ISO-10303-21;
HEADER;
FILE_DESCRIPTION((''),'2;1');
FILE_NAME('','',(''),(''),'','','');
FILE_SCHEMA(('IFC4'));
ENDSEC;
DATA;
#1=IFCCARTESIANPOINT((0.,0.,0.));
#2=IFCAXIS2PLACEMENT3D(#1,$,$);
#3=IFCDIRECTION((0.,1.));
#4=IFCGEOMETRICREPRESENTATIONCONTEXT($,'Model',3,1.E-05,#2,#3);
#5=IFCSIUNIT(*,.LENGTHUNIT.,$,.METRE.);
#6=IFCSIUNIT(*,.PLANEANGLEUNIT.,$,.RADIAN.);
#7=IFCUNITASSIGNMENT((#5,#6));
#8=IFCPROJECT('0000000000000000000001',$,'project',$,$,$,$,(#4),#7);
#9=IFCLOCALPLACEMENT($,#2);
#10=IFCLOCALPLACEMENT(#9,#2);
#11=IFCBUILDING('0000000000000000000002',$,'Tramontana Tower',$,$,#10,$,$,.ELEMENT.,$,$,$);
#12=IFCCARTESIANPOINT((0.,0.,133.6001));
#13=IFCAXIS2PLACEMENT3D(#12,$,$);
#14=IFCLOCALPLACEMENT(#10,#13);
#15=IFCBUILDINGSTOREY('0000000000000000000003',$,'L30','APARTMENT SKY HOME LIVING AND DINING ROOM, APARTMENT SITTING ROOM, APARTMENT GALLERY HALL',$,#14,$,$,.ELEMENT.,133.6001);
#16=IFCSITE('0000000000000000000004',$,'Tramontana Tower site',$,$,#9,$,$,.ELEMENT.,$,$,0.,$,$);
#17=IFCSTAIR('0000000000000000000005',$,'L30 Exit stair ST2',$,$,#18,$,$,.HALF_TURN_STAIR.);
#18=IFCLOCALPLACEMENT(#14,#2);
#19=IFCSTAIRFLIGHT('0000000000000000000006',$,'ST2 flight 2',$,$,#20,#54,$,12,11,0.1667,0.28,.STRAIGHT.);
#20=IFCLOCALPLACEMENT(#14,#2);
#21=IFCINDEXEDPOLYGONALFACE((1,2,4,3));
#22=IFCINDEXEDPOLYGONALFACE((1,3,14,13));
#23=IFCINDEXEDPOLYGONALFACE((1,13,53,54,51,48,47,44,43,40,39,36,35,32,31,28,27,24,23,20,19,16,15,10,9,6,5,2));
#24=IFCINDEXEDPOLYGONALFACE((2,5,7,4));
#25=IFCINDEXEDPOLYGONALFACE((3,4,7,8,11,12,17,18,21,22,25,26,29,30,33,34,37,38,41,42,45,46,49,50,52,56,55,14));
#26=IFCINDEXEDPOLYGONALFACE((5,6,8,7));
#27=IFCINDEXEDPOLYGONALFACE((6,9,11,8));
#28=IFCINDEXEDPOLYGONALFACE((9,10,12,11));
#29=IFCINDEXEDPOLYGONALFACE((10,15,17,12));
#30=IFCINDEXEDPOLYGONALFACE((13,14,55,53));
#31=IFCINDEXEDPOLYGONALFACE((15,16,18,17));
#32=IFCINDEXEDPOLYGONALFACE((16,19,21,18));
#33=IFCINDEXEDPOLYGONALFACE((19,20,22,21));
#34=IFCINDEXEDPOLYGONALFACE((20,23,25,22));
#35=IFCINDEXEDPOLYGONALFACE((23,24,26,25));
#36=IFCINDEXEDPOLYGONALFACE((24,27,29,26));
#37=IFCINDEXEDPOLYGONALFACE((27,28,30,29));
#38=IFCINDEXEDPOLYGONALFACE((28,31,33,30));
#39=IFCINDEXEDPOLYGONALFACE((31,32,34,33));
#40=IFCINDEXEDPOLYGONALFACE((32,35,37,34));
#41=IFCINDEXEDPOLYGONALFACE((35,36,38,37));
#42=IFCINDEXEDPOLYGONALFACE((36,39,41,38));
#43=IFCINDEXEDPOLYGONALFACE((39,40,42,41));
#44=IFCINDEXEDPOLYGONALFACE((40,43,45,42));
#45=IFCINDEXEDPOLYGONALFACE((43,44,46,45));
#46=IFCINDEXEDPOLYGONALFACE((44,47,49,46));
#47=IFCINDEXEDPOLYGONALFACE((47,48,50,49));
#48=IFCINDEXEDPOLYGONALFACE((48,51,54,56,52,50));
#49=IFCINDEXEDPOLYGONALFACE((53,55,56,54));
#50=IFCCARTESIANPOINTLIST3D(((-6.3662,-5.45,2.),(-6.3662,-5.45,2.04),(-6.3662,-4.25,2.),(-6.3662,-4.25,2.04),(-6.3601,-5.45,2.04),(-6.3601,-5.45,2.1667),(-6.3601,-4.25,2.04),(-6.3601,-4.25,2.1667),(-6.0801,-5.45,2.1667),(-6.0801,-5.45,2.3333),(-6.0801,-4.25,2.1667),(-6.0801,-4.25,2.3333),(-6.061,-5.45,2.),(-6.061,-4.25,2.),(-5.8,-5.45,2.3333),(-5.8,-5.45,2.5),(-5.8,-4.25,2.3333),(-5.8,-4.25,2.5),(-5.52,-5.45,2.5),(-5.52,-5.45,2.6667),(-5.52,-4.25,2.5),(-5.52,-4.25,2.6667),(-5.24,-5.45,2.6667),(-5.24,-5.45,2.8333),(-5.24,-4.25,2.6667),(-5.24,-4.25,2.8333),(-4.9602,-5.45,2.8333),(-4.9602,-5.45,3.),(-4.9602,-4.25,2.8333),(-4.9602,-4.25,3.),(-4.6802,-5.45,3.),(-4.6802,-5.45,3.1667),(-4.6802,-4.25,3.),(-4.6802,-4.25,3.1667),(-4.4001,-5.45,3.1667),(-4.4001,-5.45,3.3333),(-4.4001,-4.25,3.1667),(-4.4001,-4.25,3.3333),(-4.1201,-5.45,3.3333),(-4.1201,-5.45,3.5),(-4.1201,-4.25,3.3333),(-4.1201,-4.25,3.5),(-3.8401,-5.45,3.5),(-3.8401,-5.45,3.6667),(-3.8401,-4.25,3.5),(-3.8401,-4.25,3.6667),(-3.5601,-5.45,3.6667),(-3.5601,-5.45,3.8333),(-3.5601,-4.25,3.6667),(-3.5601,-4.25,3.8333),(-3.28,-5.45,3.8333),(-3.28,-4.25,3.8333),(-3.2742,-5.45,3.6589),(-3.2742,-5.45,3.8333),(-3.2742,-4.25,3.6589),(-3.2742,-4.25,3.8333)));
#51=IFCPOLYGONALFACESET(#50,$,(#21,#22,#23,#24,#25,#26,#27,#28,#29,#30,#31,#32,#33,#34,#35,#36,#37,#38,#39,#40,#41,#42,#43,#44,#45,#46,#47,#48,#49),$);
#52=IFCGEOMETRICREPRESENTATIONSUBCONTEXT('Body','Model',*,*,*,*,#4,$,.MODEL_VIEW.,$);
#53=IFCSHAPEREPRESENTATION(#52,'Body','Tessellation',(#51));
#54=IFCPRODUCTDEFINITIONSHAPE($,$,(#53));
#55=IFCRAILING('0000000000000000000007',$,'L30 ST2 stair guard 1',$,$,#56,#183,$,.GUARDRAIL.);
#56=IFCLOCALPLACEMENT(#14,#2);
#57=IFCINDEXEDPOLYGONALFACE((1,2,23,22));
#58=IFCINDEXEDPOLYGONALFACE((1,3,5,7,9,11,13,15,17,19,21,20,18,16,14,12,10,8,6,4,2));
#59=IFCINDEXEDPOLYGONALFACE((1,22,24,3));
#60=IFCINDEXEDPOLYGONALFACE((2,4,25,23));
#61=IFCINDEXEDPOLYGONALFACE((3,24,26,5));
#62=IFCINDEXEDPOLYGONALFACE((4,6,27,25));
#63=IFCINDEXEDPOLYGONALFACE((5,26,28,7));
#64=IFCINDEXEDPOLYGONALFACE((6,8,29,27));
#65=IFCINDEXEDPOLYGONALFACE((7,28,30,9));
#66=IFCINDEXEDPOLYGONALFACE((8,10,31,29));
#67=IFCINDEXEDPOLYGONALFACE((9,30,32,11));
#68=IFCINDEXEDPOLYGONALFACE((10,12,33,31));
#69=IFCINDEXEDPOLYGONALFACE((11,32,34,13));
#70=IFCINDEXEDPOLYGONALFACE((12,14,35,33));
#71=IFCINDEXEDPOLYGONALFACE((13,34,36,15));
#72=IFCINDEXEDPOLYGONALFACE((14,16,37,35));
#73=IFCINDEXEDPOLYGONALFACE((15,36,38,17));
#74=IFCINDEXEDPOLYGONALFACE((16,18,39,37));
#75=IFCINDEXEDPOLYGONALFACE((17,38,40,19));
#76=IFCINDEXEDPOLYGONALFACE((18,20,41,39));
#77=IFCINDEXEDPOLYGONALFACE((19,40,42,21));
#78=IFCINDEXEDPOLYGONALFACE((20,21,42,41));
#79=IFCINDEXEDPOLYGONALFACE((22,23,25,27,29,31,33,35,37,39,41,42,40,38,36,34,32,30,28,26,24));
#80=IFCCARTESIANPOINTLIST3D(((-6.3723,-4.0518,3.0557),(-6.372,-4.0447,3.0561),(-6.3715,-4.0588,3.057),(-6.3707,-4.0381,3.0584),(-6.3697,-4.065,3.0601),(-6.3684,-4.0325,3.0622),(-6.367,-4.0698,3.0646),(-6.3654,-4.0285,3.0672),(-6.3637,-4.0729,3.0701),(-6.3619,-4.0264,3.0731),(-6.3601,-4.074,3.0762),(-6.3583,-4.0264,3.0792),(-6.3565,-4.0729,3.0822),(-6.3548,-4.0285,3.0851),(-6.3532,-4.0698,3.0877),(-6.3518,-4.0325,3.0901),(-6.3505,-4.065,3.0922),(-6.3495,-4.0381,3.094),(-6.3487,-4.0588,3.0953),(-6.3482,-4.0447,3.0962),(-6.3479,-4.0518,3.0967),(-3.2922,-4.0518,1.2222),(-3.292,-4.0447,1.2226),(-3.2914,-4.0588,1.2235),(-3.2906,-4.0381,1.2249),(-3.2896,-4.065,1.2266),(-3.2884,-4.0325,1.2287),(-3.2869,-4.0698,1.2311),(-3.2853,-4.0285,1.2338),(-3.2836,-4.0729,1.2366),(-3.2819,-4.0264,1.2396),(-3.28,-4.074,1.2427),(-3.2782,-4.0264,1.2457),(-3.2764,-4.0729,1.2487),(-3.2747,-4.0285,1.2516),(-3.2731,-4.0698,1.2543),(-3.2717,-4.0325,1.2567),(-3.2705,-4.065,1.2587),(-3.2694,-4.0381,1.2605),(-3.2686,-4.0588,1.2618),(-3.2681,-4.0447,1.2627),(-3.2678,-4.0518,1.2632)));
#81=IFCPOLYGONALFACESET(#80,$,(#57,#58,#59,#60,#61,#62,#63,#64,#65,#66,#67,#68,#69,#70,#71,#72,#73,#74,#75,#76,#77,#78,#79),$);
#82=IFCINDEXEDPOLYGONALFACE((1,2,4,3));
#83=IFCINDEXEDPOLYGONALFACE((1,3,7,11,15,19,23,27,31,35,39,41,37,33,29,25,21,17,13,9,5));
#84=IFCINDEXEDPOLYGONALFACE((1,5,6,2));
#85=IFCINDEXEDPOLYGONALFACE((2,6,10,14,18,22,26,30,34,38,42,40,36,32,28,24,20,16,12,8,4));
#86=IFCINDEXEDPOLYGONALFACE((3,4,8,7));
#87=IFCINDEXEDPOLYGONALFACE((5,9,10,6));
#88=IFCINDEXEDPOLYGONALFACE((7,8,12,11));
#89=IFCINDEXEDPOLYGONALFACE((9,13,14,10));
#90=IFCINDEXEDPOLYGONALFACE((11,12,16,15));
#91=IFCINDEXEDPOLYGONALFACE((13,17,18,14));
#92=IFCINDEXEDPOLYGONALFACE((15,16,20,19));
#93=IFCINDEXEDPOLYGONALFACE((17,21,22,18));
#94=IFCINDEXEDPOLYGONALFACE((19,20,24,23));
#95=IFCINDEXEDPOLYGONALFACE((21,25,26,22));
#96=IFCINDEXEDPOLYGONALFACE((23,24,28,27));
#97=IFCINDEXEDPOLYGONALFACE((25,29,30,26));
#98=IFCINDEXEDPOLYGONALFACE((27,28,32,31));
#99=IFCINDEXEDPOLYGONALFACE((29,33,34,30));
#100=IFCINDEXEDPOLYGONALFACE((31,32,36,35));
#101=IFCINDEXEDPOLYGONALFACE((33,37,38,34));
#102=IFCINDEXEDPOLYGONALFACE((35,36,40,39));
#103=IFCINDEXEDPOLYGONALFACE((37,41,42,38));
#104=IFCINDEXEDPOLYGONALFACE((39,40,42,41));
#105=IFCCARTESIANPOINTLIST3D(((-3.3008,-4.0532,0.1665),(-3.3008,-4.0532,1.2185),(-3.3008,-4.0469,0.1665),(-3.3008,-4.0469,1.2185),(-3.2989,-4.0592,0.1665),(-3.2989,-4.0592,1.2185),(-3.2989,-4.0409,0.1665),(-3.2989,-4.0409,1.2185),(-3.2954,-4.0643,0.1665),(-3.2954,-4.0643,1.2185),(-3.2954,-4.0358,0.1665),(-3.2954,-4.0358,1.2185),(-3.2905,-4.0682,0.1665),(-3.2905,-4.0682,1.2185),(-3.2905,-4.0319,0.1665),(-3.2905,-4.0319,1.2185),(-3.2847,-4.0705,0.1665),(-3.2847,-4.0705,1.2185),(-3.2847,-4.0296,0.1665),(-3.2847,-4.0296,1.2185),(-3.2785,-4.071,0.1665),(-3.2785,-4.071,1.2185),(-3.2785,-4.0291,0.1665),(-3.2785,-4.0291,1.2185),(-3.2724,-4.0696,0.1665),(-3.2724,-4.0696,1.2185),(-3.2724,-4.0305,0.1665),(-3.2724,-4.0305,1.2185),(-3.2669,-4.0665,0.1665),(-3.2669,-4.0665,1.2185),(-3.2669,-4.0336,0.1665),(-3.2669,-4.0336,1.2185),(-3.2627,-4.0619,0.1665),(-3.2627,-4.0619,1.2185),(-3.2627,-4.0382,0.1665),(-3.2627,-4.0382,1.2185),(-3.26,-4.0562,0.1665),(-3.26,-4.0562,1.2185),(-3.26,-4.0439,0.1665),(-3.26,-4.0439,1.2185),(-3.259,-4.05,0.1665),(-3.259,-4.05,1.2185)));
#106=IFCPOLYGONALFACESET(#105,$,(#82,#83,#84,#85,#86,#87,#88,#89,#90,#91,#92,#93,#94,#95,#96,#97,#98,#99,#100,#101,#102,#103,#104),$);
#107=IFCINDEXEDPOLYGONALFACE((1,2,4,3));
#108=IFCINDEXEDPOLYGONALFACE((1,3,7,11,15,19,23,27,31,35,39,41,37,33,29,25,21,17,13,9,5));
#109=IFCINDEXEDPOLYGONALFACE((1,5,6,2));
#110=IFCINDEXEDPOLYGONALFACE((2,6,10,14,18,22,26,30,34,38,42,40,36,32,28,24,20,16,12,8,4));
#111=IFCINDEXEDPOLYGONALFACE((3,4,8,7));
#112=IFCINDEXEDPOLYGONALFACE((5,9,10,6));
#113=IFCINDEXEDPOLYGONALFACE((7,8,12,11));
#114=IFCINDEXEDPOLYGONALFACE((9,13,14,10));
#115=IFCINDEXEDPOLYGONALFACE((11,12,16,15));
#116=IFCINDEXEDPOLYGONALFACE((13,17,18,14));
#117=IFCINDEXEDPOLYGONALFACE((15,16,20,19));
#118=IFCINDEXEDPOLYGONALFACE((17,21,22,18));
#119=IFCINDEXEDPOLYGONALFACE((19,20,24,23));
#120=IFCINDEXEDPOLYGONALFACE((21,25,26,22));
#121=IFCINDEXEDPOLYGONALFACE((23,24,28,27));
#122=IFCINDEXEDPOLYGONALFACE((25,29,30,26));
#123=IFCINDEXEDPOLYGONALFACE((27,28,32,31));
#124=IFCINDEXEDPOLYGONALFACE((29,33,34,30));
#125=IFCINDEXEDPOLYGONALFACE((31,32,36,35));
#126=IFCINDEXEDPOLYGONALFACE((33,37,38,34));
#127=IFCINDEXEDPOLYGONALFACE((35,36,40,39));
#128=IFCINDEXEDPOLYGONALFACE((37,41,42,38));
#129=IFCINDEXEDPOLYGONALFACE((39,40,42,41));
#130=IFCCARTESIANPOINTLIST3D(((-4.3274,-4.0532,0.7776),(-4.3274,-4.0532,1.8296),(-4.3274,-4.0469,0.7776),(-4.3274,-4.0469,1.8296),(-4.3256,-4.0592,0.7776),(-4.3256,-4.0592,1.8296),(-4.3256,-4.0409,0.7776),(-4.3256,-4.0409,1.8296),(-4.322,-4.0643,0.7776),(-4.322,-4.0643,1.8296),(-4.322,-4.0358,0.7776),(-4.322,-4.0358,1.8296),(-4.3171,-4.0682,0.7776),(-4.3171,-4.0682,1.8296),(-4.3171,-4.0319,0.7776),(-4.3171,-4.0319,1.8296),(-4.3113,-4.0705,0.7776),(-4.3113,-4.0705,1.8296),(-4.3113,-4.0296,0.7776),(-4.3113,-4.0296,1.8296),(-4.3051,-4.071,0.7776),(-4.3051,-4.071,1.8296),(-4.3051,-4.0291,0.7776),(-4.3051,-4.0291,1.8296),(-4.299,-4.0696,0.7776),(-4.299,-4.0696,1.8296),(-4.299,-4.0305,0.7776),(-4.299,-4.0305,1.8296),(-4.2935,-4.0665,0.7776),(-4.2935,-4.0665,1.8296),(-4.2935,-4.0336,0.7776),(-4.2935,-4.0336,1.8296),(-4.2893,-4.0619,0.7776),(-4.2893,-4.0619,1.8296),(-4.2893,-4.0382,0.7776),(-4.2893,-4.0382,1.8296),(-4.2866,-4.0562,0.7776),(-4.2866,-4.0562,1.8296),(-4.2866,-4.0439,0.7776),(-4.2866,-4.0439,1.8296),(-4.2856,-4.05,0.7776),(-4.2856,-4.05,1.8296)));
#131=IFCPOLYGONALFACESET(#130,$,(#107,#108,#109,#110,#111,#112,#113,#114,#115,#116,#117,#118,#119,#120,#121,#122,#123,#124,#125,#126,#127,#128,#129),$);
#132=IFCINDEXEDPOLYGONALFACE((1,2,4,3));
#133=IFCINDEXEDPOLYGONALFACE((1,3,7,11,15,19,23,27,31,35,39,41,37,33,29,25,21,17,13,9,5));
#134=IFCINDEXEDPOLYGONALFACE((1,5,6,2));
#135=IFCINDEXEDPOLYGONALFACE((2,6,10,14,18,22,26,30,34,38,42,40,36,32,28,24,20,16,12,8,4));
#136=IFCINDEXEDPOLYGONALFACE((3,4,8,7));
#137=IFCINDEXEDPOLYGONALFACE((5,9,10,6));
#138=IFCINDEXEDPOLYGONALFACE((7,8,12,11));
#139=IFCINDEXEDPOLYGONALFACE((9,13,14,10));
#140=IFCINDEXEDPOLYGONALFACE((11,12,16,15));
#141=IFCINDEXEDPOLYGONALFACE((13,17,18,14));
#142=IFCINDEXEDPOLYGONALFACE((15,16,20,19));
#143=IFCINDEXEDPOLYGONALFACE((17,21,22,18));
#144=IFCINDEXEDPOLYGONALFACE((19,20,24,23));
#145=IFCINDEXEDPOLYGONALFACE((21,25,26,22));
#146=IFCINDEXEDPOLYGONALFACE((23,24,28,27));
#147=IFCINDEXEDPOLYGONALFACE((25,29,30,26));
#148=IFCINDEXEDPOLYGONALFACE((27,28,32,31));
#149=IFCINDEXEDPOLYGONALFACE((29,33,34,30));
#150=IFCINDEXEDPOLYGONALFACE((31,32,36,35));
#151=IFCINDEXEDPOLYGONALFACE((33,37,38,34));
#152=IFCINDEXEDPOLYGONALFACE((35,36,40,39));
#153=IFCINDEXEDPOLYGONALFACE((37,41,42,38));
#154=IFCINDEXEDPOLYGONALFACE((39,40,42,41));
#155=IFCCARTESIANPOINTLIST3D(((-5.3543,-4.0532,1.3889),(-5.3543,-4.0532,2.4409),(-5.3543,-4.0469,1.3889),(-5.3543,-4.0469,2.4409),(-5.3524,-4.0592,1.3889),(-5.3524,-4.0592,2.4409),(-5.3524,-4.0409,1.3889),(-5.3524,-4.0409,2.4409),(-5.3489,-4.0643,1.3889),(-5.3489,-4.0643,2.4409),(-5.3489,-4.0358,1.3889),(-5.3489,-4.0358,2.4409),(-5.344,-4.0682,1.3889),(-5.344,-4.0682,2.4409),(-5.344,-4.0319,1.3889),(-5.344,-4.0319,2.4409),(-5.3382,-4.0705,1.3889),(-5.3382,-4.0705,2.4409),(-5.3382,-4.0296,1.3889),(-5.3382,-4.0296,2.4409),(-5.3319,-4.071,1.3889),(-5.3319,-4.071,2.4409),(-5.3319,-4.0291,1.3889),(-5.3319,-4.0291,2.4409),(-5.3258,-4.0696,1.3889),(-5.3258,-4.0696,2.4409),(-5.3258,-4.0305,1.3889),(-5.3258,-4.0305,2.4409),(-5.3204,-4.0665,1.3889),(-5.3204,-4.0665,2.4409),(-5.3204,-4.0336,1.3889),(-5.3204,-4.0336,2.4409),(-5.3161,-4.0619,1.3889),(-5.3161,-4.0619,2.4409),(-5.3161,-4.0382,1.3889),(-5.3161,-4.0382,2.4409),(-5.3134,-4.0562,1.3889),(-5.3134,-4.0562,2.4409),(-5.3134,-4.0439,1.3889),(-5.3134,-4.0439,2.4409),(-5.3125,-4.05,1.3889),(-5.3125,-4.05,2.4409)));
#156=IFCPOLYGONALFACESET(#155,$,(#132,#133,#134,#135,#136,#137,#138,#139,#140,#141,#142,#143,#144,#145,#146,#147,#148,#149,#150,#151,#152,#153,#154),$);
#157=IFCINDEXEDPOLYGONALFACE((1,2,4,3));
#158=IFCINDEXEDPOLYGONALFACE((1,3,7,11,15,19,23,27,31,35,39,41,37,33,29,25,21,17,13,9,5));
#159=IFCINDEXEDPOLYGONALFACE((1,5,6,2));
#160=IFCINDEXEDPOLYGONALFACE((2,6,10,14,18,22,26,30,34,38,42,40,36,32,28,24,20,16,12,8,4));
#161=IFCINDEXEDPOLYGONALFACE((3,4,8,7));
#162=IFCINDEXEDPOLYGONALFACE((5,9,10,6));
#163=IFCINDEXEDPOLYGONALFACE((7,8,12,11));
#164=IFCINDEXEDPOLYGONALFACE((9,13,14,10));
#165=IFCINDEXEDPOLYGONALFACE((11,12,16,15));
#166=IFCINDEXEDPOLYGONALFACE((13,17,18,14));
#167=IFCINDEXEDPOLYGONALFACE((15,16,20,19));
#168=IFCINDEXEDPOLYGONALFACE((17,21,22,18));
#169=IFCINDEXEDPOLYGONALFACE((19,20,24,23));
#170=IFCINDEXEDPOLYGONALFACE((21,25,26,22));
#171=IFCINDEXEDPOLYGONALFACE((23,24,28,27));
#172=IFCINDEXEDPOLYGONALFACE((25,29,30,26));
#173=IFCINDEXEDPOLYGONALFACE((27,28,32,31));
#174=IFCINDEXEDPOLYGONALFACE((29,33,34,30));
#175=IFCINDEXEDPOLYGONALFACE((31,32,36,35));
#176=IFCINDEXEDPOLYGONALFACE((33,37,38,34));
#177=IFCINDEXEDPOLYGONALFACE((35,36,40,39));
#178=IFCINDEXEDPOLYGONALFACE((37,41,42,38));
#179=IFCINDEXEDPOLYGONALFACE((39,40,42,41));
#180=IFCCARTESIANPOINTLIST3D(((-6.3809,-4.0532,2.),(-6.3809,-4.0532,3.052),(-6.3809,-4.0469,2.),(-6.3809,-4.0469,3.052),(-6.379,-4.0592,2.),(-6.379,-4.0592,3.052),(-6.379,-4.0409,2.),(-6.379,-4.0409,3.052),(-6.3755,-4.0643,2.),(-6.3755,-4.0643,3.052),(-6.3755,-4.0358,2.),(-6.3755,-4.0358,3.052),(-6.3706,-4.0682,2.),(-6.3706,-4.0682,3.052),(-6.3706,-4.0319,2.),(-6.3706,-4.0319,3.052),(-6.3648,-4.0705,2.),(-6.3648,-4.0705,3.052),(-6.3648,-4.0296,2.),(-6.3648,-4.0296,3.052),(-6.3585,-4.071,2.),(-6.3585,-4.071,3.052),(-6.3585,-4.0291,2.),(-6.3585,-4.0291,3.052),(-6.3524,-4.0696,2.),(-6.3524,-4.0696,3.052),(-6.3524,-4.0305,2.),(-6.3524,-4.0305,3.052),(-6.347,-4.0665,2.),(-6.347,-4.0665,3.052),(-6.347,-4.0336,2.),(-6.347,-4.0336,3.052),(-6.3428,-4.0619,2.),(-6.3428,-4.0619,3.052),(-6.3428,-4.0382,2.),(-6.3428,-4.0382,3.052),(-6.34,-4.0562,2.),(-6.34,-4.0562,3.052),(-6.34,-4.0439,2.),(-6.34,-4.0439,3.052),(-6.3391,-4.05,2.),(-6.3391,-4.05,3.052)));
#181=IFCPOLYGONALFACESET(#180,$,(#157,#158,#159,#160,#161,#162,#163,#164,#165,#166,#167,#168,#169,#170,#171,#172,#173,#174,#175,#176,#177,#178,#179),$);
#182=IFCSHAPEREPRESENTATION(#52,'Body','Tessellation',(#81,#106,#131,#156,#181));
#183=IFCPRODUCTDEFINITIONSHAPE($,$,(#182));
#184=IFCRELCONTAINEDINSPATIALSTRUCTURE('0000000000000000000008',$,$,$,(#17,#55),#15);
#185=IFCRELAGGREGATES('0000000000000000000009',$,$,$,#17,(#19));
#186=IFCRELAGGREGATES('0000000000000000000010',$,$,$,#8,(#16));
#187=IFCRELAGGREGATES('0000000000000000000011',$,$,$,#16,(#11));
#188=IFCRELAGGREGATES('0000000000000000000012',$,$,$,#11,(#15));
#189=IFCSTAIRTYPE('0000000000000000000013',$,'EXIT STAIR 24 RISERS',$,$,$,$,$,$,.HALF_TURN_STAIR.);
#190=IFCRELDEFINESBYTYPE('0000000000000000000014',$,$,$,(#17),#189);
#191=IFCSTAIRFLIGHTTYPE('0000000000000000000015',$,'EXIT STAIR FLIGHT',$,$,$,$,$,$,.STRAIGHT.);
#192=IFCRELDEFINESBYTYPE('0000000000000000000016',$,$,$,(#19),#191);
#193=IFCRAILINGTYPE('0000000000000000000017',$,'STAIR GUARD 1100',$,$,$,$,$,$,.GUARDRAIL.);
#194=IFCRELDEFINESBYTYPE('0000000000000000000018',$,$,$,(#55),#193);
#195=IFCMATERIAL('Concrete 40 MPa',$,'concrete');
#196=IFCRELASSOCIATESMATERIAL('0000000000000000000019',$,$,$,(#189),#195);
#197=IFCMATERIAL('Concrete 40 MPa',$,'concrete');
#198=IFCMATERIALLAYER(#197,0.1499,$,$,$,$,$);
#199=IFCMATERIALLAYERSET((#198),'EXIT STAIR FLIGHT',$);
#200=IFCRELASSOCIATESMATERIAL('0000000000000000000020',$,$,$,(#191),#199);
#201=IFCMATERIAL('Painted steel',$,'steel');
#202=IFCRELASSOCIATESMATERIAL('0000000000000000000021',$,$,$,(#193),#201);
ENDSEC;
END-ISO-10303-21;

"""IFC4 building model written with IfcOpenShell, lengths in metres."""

from ifc_helpers import new_model, si_unit, direction, frame, origin, origin_2d, place, context, subcontext, project, spatial, polyline, circle, outline, extrude, material, layer, layer_set, type_object, element, aggregate, save


model = new_model("IFC4")

# Units and contexts
model_context = context("Model", 3, precision=1e-05, world=origin(), true_north=direction((0.0, 1.0)))
body_context = subcontext(model_context, "Body", "Model", "MODEL_VIEW")
ifc_project = project(units=[si_unit("LENGTHUNIT", "METRE"), si_unit("PLANEANGLEUNIT", "RADIAN")], contexts=[model_context])

# Site, building, storey
site_placement = place(None, origin())
site = spatial("IfcSite", under=ifc_project, at=site_placement, Name="Tramontana Tower site", CompositionType="ELEMENT", RefElevation=0.0)
building_placement = place(site_placement, origin())
building = spatial("IfcBuilding", under=site, at=building_placement, Name="Tramontana Tower", CompositionType="ELEMENT")
storey_placement = place(building_placement, frame((0.0, 0.0, 133.6001)))
storey = spatial("IfcBuildingStorey", under=building, at=storey_placement, Name="L30", Description="APARTMENT SKY HOME LIVING AND DINING ROOM, APARTMENT SITTING ROOM, APARTMENT GALLERY HALL", CompositionType="ELEMENT", Elevation=133.6001)

# Stair, stair flight
ifc_material_1 = material(Name="Concrete 40 MPa", Category="concrete")
stair_type = type_object("IfcStairType", Name="EXIT STAIR 24 RISERS", PredefinedType="HALF_TURN_STAIR", material=ifc_material_1)
stair_placement = place(storey_placement, origin())
stair = element("IfcStair", 1, at=stair_placement, inside=storey, type_object=stair_type, Name="L30 Exit stair ST2", PredefinedType="HALF_TURN_STAIR")
ifc_material_2 = material(Name="Concrete 40 MPa", Category="concrete")
ifc_layer_1 = layer(ifc_material_2, 0.1499)
ifc_layer_set_1 = layer_set([ifc_layer_1], Name="EXIT STAIR FLIGHT")
stair_flight_type = type_object("IfcStairFlightType", Name="EXIT STAIR FLIGHT", PredefinedType="STRAIGHT", material=ifc_layer_set_1)
stair_flight_1_placement = place(storey_placement, frame((-6.3601, -4.8501, 2.0), z_axis=(0.0, 0.0, 1.0), x_axis=(1.0, 0.0, 0.0)))
stair_flight_1 = element("IfcStairFlight", 2, at=stair_flight_1_placement, type_object=stair_flight_type, Name="ST2 flight 2", NumberOfRisers=12, NumberOfTreads=11, PredefinedType="STRAIGHT", RiserHeight=0.1667, TreadLength=0.28, context=body_context, shape_type="SweptSolid", body=[
    extrude(outline(polyline([(-0.0061, 0.0), (-0.0061, 0.04), (0.0, 0.04), (0.0, 0.1667), (0.28, 0.1667), (0.28, 0.3333), (0.5601, 0.3333), (0.5601, 0.5), (0.8401, 0.5), (0.8401, 0.6667), (1.1201, 0.6667), (1.1201, 0.8333), (1.3999, 0.8333), (1.3999, 1.0), (1.6799, 1.0), (1.6799, 1.1667), (1.96, 1.1667), (1.96, 1.3333), (2.24, 1.3333), (2.24, 1.5), (2.52, 1.5), (2.52, 1.6667), (2.8, 1.6667), (2.8, 1.8333), (3.0801, 1.8333), (3.0859, 1.8333), (3.0859, 1.6589), (0.2991, 0.0), (-0.0061, 0.0)])), frame((0.0, 0.6001, 0.0), z_axis=(0.0, -1.0, 0.0), x_axis=(1.0, 0.0, 0.0)), (0.0, 0.0, 1.0), 1.2),
])
aggregate(stair, [stair_flight_1])

# Railing
ifc_material_3 = material(Name="Painted steel", Category="steel")
railing_type_1 = type_object("IfcRailingType", Name="STAIR GUARD 1100", PredefinedType="GUARDRAIL", material=ifc_material_3)
railing_1_placement = place(storey_placement, frame((-3.28, -4.05, 0.1665)))
element("IfcRailing", 3, at=railing_1_placement, inside=storey, type_object=railing_type_1, Name="L30 ST2 stair guard 1", PredefinedType="GUARDRAIL", context=body_context, shape_type="SweptSolid", body=[
    extrude(circle(Radius=0.0239, at=origin_2d()), frame((0.0, 0.0, 1.0762), z_axis=(-0.859279, 0.0, 0.511508), x_axis=(0.0, -1.0, 0.0)), (0.0, 0.0, 1.0), 3.5845),
    extrude(circle(Radius=0.021, at=origin_2d()), origin(), (0.0, 0.0, 1.0), 1.052),
    extrude(circle(Radius=0.021, at=origin_2d()), frame((-1.0266, 0.0, 0.6111)), (0.0, 0.0, 1.0), 1.052),
    extrude(circle(Radius=0.021, at=origin_2d()), frame((-2.0535, 0.0, 1.2224)), (0.0, 0.0, 1.0), 1.052),
    extrude(circle(Radius=0.021, at=origin_2d()), frame((-3.0801, 0.0, 1.8335)), (0.0, 0.0, 1.0), 1.052),
])

save(model, "model.ifc")
